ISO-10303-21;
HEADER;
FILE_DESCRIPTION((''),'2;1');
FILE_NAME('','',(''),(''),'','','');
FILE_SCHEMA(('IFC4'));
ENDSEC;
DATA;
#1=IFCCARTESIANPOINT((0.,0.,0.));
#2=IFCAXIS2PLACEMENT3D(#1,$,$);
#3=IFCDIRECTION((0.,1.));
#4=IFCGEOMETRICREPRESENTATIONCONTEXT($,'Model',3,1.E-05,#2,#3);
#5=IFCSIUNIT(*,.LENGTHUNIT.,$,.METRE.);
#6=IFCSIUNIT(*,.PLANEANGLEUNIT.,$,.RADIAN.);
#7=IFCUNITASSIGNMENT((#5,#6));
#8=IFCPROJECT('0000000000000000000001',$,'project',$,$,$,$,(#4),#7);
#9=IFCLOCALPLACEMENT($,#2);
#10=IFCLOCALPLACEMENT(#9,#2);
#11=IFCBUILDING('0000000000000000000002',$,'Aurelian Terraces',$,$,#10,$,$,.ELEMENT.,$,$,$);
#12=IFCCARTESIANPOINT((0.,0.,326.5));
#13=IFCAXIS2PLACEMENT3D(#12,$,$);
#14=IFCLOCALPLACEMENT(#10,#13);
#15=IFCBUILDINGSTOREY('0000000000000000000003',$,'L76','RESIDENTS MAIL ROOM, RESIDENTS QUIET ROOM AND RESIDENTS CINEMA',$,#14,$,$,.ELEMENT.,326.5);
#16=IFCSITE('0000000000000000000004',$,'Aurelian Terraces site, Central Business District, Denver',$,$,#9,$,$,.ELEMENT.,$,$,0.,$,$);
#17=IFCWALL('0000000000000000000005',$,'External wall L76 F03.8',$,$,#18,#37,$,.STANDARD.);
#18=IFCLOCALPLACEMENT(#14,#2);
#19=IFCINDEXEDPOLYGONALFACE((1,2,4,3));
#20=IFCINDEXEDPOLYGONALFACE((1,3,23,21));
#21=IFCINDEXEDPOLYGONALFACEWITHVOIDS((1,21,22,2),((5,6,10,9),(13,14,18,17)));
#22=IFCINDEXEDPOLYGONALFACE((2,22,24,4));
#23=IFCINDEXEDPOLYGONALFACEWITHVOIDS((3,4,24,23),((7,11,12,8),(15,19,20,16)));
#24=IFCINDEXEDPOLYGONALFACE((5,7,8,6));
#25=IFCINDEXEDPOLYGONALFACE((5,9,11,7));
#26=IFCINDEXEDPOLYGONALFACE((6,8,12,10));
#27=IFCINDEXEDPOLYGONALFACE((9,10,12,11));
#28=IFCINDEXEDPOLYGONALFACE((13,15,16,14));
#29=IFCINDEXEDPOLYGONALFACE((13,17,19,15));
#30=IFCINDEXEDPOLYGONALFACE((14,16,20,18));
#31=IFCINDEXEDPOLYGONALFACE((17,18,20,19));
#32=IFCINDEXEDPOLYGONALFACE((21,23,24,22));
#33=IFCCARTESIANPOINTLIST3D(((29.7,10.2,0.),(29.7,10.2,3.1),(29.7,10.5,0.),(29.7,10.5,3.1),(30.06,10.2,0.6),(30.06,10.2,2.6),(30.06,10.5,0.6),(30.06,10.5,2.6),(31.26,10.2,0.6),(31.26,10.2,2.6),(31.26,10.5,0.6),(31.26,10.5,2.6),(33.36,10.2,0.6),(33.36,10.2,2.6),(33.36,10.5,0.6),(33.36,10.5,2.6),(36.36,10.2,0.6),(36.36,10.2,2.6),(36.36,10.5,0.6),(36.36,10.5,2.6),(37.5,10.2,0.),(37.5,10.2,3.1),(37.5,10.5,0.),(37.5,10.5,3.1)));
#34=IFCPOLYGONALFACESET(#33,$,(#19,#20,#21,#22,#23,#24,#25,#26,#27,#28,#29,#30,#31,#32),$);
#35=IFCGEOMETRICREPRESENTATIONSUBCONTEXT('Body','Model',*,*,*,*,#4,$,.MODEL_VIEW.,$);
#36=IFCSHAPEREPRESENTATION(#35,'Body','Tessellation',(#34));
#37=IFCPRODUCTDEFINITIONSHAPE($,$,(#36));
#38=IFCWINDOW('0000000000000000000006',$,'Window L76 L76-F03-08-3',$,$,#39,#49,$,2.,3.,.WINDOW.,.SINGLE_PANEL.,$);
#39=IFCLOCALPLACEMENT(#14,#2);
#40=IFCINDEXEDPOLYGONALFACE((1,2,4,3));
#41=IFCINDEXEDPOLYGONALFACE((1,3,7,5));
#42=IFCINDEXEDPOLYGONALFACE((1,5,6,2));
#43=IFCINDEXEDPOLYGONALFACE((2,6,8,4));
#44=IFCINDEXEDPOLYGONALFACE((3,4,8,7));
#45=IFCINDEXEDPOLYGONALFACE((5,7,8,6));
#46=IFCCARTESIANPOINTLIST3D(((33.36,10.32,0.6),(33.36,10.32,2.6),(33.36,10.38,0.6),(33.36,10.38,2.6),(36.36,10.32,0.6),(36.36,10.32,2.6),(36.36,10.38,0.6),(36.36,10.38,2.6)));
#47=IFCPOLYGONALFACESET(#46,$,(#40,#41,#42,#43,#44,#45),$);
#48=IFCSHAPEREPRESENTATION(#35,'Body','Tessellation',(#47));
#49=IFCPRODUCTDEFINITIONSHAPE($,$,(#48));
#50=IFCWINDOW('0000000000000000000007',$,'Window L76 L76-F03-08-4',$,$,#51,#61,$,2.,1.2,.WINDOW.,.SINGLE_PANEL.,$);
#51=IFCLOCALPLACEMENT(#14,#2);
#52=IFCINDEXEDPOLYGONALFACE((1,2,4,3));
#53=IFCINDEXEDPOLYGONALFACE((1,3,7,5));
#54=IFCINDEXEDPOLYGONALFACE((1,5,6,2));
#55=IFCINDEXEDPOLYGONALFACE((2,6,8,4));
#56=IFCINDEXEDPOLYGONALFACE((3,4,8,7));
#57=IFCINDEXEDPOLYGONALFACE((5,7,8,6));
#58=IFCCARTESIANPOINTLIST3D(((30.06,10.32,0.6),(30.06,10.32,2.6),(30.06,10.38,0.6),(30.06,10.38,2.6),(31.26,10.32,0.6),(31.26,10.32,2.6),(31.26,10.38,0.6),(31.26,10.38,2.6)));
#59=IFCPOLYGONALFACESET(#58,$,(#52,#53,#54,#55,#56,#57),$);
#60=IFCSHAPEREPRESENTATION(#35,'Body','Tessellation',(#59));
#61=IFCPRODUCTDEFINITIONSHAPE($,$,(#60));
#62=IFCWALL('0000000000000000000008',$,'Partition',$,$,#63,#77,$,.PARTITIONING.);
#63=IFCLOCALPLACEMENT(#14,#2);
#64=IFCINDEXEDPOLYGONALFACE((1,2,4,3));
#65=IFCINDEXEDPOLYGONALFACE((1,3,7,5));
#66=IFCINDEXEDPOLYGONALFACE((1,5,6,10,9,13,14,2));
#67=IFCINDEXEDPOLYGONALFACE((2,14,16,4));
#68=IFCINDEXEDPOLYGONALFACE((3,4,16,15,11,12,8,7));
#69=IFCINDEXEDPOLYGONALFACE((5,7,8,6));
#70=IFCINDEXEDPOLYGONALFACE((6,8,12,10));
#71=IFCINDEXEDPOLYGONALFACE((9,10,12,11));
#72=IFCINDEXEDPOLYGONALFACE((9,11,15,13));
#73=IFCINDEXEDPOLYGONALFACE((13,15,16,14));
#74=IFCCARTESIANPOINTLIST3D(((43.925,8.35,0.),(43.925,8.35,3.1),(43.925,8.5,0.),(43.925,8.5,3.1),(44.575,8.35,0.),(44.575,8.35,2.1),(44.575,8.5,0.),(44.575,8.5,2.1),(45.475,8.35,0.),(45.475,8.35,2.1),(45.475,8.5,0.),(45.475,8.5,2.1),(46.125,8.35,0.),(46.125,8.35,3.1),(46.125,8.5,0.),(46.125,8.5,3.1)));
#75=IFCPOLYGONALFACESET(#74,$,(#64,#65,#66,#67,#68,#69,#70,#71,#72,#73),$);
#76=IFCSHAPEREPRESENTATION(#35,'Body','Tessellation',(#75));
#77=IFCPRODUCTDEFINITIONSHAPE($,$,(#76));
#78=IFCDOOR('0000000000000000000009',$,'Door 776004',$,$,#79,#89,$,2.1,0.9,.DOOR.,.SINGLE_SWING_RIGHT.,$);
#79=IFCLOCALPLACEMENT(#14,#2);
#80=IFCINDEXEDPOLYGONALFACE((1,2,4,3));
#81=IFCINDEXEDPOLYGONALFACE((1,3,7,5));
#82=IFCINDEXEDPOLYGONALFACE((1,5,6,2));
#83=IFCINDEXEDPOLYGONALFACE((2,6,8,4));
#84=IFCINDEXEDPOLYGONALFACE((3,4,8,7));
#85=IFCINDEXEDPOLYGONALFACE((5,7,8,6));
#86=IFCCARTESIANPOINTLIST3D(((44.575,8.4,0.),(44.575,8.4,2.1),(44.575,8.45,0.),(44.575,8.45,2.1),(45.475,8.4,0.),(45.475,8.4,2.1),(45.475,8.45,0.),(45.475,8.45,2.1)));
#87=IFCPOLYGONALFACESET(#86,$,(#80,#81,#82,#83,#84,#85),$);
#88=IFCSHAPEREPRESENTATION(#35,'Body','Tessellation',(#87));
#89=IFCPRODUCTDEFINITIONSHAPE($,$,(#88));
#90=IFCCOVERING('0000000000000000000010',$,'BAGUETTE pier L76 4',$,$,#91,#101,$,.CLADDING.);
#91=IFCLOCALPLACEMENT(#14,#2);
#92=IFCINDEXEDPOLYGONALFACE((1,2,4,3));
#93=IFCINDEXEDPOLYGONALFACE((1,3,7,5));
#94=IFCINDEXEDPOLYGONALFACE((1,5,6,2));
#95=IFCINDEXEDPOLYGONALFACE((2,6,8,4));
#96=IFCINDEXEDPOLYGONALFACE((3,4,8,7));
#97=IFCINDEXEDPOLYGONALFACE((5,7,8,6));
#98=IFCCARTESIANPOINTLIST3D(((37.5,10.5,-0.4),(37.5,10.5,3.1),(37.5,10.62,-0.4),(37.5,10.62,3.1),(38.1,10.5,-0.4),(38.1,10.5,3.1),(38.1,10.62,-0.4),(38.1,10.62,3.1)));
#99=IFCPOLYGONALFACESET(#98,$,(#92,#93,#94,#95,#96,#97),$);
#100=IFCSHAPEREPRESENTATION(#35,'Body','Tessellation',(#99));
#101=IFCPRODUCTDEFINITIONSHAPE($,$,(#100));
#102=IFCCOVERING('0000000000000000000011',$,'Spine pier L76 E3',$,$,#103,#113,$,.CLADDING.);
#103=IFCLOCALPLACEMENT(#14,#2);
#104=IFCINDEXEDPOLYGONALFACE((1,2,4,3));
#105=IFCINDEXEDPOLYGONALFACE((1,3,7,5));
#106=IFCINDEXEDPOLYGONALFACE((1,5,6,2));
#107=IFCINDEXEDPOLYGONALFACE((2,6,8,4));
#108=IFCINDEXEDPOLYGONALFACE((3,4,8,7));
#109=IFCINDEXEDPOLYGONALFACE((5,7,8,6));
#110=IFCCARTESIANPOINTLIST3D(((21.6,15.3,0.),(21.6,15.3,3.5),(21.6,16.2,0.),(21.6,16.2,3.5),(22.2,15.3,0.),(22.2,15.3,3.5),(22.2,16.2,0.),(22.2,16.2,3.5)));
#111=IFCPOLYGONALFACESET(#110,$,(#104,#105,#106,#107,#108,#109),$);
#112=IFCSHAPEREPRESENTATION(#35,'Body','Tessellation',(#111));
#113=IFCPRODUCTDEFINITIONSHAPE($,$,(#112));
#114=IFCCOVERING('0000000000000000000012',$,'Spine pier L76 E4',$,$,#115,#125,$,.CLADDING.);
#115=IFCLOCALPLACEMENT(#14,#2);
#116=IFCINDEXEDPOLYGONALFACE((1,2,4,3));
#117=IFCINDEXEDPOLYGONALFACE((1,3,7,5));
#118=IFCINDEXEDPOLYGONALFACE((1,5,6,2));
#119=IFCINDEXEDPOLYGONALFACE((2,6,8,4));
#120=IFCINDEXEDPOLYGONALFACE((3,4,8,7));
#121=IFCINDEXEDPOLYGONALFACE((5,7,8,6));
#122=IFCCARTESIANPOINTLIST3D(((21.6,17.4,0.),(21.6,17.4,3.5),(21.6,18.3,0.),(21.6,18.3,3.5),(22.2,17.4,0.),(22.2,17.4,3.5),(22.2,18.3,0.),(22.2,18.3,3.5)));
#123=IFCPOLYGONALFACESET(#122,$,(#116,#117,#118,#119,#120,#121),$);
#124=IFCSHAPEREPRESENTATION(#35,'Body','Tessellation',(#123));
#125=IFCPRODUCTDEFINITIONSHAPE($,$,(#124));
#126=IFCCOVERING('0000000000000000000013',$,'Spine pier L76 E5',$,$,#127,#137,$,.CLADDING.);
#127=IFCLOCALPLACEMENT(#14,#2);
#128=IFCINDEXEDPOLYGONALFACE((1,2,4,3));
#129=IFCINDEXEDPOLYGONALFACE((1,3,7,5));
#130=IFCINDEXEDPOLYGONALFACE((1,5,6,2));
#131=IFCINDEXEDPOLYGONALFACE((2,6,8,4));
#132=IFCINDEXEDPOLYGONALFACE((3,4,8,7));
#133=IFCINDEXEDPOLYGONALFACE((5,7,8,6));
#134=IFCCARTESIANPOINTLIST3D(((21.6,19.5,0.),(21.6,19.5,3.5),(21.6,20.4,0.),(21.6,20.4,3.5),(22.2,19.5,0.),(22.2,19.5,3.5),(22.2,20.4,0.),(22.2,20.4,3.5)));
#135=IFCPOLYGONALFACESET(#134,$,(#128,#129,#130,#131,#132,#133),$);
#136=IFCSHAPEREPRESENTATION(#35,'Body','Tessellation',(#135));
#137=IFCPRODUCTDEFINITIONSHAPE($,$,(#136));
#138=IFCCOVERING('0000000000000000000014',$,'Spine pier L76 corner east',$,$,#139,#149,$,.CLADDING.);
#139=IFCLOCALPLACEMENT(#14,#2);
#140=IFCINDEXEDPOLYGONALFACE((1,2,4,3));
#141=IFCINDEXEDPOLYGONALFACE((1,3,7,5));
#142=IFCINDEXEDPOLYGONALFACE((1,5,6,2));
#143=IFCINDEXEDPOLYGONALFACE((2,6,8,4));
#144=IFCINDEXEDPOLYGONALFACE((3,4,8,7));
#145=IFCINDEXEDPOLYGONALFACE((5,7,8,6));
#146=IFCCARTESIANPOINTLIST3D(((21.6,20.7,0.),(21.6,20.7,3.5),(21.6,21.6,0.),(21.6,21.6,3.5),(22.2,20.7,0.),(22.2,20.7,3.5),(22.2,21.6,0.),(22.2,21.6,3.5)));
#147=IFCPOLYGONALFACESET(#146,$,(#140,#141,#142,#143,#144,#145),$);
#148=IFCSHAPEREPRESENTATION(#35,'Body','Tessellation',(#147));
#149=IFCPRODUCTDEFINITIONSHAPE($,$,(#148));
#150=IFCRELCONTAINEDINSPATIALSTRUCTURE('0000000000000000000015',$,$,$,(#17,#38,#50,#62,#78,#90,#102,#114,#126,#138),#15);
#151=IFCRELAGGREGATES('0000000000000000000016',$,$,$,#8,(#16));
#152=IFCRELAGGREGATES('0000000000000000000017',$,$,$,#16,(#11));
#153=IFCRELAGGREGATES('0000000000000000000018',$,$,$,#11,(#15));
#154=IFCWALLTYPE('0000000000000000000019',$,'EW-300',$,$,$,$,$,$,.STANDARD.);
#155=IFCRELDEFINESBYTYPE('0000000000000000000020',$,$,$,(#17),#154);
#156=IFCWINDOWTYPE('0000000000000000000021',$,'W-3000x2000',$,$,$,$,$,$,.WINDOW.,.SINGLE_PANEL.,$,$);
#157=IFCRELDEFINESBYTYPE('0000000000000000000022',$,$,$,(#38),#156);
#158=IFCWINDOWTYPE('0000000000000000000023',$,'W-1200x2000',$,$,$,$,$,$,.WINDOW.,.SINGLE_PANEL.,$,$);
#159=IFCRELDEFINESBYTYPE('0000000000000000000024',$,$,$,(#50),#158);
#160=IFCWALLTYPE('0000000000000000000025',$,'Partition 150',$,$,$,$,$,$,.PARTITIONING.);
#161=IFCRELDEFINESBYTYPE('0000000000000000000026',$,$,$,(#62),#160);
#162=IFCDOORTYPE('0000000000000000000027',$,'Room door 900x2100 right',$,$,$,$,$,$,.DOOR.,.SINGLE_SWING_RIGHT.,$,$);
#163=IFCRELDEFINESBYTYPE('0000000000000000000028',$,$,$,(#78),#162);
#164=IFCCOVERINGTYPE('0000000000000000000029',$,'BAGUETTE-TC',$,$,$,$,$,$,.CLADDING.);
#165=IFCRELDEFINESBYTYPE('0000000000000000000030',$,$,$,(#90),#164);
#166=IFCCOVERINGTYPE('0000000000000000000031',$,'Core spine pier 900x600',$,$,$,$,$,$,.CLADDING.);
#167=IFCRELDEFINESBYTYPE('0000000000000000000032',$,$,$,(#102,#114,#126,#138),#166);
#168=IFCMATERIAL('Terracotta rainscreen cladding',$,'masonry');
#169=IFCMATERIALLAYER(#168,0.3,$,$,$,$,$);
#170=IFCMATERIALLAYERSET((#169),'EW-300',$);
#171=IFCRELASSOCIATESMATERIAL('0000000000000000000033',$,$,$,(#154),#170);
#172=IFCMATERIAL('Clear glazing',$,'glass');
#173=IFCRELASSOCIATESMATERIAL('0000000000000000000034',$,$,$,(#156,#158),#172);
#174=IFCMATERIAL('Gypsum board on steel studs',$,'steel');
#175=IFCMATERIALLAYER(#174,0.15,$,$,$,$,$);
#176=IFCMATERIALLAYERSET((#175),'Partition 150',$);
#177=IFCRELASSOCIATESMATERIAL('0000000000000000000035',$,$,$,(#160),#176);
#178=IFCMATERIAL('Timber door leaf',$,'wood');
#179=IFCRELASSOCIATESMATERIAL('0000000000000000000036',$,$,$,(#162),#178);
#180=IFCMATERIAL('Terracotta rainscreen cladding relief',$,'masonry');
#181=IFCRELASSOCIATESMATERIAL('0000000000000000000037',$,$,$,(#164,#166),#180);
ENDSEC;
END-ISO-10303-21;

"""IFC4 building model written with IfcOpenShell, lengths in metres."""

from ifc_helpers import new_model, si_unit, direction, frame, frame_2d, origin, origin_2d, place, context, subcontext, project, spatial, rectangle, extrude, source, transform, mapped, material, layer, layer_set, type_object, element, fill, save


model = new_model("IFC4")

# Units and contexts
model_context = context("Model", 3, precision=1e-05, world=origin(), true_north=direction((0.0, 1.0)))
body_context = subcontext(model_context, "Body", "Model", "MODEL_VIEW")
ifc_project = project(units=[si_unit("LENGTHUNIT", "METRE"), si_unit("PLANEANGLEUNIT", "RADIAN")], contexts=[model_context])

# Site, building, storey
site_placement = place(None, origin())
site = spatial("IfcSite", under=ifc_project, at=site_placement, Name="Aurelian Terraces site, Central Business District, Denver", CompositionType="ELEMENT", RefElevation=0.0)
building_placement = place(site_placement, origin())
building = spatial("IfcBuilding", under=site, at=building_placement, Name="Aurelian Terraces", CompositionType="ELEMENT")
storey_placement = place(building_placement, frame((0.0, 0.0, 326.5)))
storey = spatial("IfcBuildingStorey", under=building, at=storey_placement, Name="L76", Description="RESIDENTS MAIL ROOM, RESIDENTS QUIET ROOM AND RESIDENTS CINEMA", CompositionType="ELEMENT", Elevation=326.5)

# Shared definitions
ifc_material_1 = material(Name="Terracotta rainscreen cladding", Category="masonry")
ifc_layer_1 = layer(ifc_material_1, 0.3)
ifc_layer_set_1 = layer_set([ifc_layer_1], Name="EW-300")
wall_type_1 = type_object("IfcWallType", Name="EW-300", PredefinedType="STANDARD", material=ifc_layer_set_1)
shared_shape_1 = source(origin(), body_context, "Body", "SweptSolid", [
    extrude(rectangle(XDim=3.0, YDim=2.0, at=frame_2d((1.5, 1.0))), frame((0.0, 0.16, 0.0), z_axis=(0.0, -1.0, 0.0), x_axis=(1.0, 0.0, 0.0)), (0.0, 0.0, 1.0), 0.32),
])
ifc_material_2 = material(Name="Clear glazing", Category="glass")
window_type_1 = type_object("IfcWindowType", Name="W-3000x2000", PartitioningType="SINGLE_PANEL", PredefinedType="WINDOW", material=ifc_material_2)
shared_shape_2 = source(origin(), body_context, "Body", "SweptSolid", [
    extrude(rectangle(XDim=3.0, YDim=2.0, at=frame_2d((1.5, 1.0))), frame((0.0, 0.03, 0.0), z_axis=(0.0, -1.0, 0.0), x_axis=(1.0, 0.0, 0.0)), (0.0, 0.0, 1.0), 0.06),
])

# Shared definitions
shared_shape_3 = source(origin(), body_context, "Body", "SweptSolid", [
    extrude(rectangle(XDim=1.2, YDim=2.0, at=frame_2d((0.6, 1.0))), frame((0.0, 0.16, 0.0), z_axis=(0.0, -1.0, 0.0), x_axis=(1.0, 0.0, 0.0)), (0.0, 0.0, 1.0), 0.32),
])
window_type_2 = type_object("IfcWindowType", Name="W-1200x2000", PartitioningType="SINGLE_PANEL", PredefinedType="WINDOW", material=ifc_material_2)
shared_shape_4 = source(origin(), body_context, "Body", "SweptSolid", [
    extrude(rectangle(XDim=1.2, YDim=2.0, at=frame_2d((0.6, 1.0))), frame((0.0, 0.03, 0.0), z_axis=(0.0, -1.0, 0.0), x_axis=(1.0, 0.0, 0.0)), (0.0, 0.0, 1.0), 0.06),
])

# Wall, openings, windows
shared_shape_5 = source(origin(), body_context, "Body", "SweptSolid", [
    extrude(rectangle(XDim=7.8, YDim=0.3, at=frame_2d((3.9, 0.0))), origin(), (0.0, 0.0, 1.0), 3.1),
])
wall_1_placement = place(storey_placement, frame((37.5, 10.35, 0.0), z_axis=(0.0, 0.0, 1.0), x_axis=(-1.0, 0.0, 0.0)))
wall_1 = element("IfcWall", 1, at=wall_1_placement, inside=storey, type_object=wall_type_1, Name="External wall L76 F03.8", PredefinedType="STANDARD", context=body_context, shape_type="MappedRepresentation", body=[
    mapped(shared_shape_5, transform((0.0, 0.0, 0.0), scale=1.0)),
])
opening_1_placement = place(wall_1_placement, frame((1.14, 0.0, 0.6)))
opening_1 = element("IfcOpeningElement", 2, at=opening_1_placement, cuts=wall_1, PredefinedType="OPENING", context=body_context, shape_type="MappedRepresentation", body=[
    mapped(shared_shape_1, transform((0.0, 0.0, 0.0), scale=1.0)),
])
opening_2_placement = place(wall_1_placement, frame((6.24, 0.0, 0.6)))
opening_2 = element("IfcOpeningElement", 3, at=opening_2_placement, cuts=wall_1, PredefinedType="OPENING", context=body_context, shape_type="MappedRepresentation", body=[
    mapped(shared_shape_3, transform((0.0, 0.0, 0.0), scale=1.0)),
])
window_1_placement = place(opening_1_placement, origin())
window_1 = element("IfcWindow", 4, at=window_1_placement, inside=storey, type_object=window_type_1, Name="Window L76 L76-F03-08-3", OverallHeight=2.0, OverallWidth=3.0, PartitioningType="SINGLE_PANEL", PredefinedType="WINDOW", context=body_context, shape_type="MappedRepresentation", body=[
    mapped(shared_shape_2, transform((0.0, 0.0, 0.0), scale=1.0)),
])
fill(opening_1, window_1)
window_2_placement = place(opening_2_placement, origin())
window_2 = element("IfcWindow", 5, at=window_2_placement, inside=storey, type_object=window_type_2, Name="Window L76 L76-F03-08-4", OverallHeight=2.0, OverallWidth=1.2, PartitioningType="SINGLE_PANEL", PredefinedType="WINDOW", context=body_context, shape_type="MappedRepresentation", body=[
    mapped(shared_shape_4, transform((0.0, 0.0, 0.0), scale=1.0)),
])
fill(opening_2, window_2)

# Wall, opening, door
ifc_material_3 = material(Name="Gypsum board on steel studs", Category="steel")
ifc_layer_2 = layer(ifc_material_3, 0.15)
ifc_layer_set_2 = layer_set([ifc_layer_2], Name="Partition 150")
wall_type_2 = type_object("IfcWallType", Name="Partition 150", PredefinedType="PARTITIONING", material=ifc_layer_set_2)
shared_shape_6 = source(origin(), body_context, "Body", "SweptSolid", [
    extrude(rectangle(XDim=2.2, YDim=0.15, at=frame_2d((1.1, 0.0))), origin(), (0.0, 0.0, 1.0), 3.1),
])
wall_2_placement = place(storey_placement, frame((46.125, 8.425, 0.0), z_axis=(0.0, 0.0, 1.0), x_axis=(-1.0, 0.0, 0.0)))
wall_2 = element("IfcWall", 6, at=wall_2_placement, inside=storey, type_object=wall_type_2, Name="Partition", PredefinedType="PARTITIONING", context=body_context, shape_type="MappedRepresentation", body=[
    mapped(shared_shape_6, transform((0.0, 0.0, 0.0), scale=1.0)),
])
shared_shape_7 = source(origin(), body_context, "Body", "SweptSolid", [
    extrude(rectangle(XDim=0.9, YDim=2.1, at=frame_2d((0.45, 1.05))), frame((0.0, 0.085, 0.0), z_axis=(0.0, -1.0, 0.0), x_axis=(1.0, 0.0, 0.0)), (0.0, 0.0, 1.0), 0.17),
])
opening_3_placement = place(wall_2_placement, frame((0.65, 0.0, 0.0)))
opening_3 = element("IfcOpeningElement", 7, at=opening_3_placement, cuts=wall_2, PredefinedType="OPENING", context=body_context, shape_type="MappedRepresentation", body=[
    mapped(shared_shape_7, transform((0.0, 0.0, 0.0), scale=1.0)),
])
ifc_material_4 = material(Name="Timber door leaf", Category="wood")
door_type = type_object("IfcDoorType", Name="Room door 900x2100 right", OperationType="SINGLE_SWING_RIGHT", PredefinedType="DOOR", material=ifc_material_4)
shared_shape_8 = source(origin(), body_context, "Body", "SweptSolid", [
    extrude(rectangle(XDim=0.9, YDim=2.1, at=frame_2d((0.45, 1.05))), frame((0.0, 0.025, 0.0), z_axis=(0.0, -1.0, 0.0), x_axis=(1.0, 0.0, 0.0)), (0.0, 0.0, 1.0), 0.05),
])
door_placement = place(opening_3_placement, origin())
door = element("IfcDoor", 8, at=door_placement, inside=storey, type_object=door_type, Name="Door 776004", OperationType="SINGLE_SWING_RIGHT", OverallHeight=2.1, OverallWidth=0.9, PredefinedType="DOOR", context=body_context, shape_type="MappedRepresentation", body=[
    mapped(shared_shape_8, transform((0.0, 0.0, 0.0), scale=1.0)),
])
fill(opening_3, door)

# Coverings
ifc_material_5 = material(Name="Terracotta rainscreen cladding relief", Category="masonry")
covering_type_1 = type_object("IfcCoveringType", Name="BAGUETTE-TC", PredefinedType="CLADDING", material=ifc_material_5)
shared_shape_9 = source(origin(), body_context, "Body", "SweptSolid", [
    extrude(rectangle(XDim=0.6, YDim=0.12, at=origin_2d()), origin(), (0.0, 0.0, 1.0), 3.5),
])
covering_placement = place(storey_placement, frame((37.8, 10.56, -0.4), z_axis=(0.0, 0.0, 1.0), x_axis=(1.0, 0.0, 0.0)))
element("IfcCovering", 9, at=covering_placement, inside=storey, type_object=covering_type_1, Name="BAGUETTE pier L76 4", PredefinedType="CLADDING", context=body_context, shape_type="MappedRepresentation", body=[
    mapped(shared_shape_9, transform((0.0, 0.0, 0.0), scale=1.0)),
])
covering_type_2 = type_object("IfcCoveringType", Name="Core spine pier 900x600", PredefinedType="CLADDING", material=ifc_material_5)
shared_shape_10 = source(origin(), body_context, "Body", "SweptSolid", [
    extrude(rectangle(XDim=0.6, YDim=0.9, at=origin_2d()), origin(), (0.0, 0.0, 1.0), 3.5),
])
for number, where, z_axis, x_axis, name in (
    (10, (21.9, 15.75, 0.0), (0.0, 0.0, 1.0), (1.0, 0.0, 0.0), "Spine pier L76 E3"),
    (11, (21.9, 17.85, 0.0), (0.0, 0.0, 1.0), (1.0, 0.0, 0.0), "Spine pier L76 E4"),
    (12, (21.9, 19.95, 0.0), (0.0, 0.0, 1.0), (1.0, 0.0, 0.0), "Spine pier L76 E5"),
    (13, (21.9, 21.15, 0.0), (0.0, 0.0, 1.0), (1.0, 0.0, 0.0), "Spine pier L76 corner east"),
):
    element("IfcCovering", number, at=place(storey_placement, frame(where, z_axis=z_axis, x_axis=x_axis)), inside=storey, type_object=covering_type_2, Name=name, PredefinedType="CLADDING", context=body_context, shape_type="MappedRepresentation", body=[
        mapped(shared_shape_10, transform((0.0, 0.0, 0.0), scale=1.0)),
    ])

save(model, "model.ifc")
